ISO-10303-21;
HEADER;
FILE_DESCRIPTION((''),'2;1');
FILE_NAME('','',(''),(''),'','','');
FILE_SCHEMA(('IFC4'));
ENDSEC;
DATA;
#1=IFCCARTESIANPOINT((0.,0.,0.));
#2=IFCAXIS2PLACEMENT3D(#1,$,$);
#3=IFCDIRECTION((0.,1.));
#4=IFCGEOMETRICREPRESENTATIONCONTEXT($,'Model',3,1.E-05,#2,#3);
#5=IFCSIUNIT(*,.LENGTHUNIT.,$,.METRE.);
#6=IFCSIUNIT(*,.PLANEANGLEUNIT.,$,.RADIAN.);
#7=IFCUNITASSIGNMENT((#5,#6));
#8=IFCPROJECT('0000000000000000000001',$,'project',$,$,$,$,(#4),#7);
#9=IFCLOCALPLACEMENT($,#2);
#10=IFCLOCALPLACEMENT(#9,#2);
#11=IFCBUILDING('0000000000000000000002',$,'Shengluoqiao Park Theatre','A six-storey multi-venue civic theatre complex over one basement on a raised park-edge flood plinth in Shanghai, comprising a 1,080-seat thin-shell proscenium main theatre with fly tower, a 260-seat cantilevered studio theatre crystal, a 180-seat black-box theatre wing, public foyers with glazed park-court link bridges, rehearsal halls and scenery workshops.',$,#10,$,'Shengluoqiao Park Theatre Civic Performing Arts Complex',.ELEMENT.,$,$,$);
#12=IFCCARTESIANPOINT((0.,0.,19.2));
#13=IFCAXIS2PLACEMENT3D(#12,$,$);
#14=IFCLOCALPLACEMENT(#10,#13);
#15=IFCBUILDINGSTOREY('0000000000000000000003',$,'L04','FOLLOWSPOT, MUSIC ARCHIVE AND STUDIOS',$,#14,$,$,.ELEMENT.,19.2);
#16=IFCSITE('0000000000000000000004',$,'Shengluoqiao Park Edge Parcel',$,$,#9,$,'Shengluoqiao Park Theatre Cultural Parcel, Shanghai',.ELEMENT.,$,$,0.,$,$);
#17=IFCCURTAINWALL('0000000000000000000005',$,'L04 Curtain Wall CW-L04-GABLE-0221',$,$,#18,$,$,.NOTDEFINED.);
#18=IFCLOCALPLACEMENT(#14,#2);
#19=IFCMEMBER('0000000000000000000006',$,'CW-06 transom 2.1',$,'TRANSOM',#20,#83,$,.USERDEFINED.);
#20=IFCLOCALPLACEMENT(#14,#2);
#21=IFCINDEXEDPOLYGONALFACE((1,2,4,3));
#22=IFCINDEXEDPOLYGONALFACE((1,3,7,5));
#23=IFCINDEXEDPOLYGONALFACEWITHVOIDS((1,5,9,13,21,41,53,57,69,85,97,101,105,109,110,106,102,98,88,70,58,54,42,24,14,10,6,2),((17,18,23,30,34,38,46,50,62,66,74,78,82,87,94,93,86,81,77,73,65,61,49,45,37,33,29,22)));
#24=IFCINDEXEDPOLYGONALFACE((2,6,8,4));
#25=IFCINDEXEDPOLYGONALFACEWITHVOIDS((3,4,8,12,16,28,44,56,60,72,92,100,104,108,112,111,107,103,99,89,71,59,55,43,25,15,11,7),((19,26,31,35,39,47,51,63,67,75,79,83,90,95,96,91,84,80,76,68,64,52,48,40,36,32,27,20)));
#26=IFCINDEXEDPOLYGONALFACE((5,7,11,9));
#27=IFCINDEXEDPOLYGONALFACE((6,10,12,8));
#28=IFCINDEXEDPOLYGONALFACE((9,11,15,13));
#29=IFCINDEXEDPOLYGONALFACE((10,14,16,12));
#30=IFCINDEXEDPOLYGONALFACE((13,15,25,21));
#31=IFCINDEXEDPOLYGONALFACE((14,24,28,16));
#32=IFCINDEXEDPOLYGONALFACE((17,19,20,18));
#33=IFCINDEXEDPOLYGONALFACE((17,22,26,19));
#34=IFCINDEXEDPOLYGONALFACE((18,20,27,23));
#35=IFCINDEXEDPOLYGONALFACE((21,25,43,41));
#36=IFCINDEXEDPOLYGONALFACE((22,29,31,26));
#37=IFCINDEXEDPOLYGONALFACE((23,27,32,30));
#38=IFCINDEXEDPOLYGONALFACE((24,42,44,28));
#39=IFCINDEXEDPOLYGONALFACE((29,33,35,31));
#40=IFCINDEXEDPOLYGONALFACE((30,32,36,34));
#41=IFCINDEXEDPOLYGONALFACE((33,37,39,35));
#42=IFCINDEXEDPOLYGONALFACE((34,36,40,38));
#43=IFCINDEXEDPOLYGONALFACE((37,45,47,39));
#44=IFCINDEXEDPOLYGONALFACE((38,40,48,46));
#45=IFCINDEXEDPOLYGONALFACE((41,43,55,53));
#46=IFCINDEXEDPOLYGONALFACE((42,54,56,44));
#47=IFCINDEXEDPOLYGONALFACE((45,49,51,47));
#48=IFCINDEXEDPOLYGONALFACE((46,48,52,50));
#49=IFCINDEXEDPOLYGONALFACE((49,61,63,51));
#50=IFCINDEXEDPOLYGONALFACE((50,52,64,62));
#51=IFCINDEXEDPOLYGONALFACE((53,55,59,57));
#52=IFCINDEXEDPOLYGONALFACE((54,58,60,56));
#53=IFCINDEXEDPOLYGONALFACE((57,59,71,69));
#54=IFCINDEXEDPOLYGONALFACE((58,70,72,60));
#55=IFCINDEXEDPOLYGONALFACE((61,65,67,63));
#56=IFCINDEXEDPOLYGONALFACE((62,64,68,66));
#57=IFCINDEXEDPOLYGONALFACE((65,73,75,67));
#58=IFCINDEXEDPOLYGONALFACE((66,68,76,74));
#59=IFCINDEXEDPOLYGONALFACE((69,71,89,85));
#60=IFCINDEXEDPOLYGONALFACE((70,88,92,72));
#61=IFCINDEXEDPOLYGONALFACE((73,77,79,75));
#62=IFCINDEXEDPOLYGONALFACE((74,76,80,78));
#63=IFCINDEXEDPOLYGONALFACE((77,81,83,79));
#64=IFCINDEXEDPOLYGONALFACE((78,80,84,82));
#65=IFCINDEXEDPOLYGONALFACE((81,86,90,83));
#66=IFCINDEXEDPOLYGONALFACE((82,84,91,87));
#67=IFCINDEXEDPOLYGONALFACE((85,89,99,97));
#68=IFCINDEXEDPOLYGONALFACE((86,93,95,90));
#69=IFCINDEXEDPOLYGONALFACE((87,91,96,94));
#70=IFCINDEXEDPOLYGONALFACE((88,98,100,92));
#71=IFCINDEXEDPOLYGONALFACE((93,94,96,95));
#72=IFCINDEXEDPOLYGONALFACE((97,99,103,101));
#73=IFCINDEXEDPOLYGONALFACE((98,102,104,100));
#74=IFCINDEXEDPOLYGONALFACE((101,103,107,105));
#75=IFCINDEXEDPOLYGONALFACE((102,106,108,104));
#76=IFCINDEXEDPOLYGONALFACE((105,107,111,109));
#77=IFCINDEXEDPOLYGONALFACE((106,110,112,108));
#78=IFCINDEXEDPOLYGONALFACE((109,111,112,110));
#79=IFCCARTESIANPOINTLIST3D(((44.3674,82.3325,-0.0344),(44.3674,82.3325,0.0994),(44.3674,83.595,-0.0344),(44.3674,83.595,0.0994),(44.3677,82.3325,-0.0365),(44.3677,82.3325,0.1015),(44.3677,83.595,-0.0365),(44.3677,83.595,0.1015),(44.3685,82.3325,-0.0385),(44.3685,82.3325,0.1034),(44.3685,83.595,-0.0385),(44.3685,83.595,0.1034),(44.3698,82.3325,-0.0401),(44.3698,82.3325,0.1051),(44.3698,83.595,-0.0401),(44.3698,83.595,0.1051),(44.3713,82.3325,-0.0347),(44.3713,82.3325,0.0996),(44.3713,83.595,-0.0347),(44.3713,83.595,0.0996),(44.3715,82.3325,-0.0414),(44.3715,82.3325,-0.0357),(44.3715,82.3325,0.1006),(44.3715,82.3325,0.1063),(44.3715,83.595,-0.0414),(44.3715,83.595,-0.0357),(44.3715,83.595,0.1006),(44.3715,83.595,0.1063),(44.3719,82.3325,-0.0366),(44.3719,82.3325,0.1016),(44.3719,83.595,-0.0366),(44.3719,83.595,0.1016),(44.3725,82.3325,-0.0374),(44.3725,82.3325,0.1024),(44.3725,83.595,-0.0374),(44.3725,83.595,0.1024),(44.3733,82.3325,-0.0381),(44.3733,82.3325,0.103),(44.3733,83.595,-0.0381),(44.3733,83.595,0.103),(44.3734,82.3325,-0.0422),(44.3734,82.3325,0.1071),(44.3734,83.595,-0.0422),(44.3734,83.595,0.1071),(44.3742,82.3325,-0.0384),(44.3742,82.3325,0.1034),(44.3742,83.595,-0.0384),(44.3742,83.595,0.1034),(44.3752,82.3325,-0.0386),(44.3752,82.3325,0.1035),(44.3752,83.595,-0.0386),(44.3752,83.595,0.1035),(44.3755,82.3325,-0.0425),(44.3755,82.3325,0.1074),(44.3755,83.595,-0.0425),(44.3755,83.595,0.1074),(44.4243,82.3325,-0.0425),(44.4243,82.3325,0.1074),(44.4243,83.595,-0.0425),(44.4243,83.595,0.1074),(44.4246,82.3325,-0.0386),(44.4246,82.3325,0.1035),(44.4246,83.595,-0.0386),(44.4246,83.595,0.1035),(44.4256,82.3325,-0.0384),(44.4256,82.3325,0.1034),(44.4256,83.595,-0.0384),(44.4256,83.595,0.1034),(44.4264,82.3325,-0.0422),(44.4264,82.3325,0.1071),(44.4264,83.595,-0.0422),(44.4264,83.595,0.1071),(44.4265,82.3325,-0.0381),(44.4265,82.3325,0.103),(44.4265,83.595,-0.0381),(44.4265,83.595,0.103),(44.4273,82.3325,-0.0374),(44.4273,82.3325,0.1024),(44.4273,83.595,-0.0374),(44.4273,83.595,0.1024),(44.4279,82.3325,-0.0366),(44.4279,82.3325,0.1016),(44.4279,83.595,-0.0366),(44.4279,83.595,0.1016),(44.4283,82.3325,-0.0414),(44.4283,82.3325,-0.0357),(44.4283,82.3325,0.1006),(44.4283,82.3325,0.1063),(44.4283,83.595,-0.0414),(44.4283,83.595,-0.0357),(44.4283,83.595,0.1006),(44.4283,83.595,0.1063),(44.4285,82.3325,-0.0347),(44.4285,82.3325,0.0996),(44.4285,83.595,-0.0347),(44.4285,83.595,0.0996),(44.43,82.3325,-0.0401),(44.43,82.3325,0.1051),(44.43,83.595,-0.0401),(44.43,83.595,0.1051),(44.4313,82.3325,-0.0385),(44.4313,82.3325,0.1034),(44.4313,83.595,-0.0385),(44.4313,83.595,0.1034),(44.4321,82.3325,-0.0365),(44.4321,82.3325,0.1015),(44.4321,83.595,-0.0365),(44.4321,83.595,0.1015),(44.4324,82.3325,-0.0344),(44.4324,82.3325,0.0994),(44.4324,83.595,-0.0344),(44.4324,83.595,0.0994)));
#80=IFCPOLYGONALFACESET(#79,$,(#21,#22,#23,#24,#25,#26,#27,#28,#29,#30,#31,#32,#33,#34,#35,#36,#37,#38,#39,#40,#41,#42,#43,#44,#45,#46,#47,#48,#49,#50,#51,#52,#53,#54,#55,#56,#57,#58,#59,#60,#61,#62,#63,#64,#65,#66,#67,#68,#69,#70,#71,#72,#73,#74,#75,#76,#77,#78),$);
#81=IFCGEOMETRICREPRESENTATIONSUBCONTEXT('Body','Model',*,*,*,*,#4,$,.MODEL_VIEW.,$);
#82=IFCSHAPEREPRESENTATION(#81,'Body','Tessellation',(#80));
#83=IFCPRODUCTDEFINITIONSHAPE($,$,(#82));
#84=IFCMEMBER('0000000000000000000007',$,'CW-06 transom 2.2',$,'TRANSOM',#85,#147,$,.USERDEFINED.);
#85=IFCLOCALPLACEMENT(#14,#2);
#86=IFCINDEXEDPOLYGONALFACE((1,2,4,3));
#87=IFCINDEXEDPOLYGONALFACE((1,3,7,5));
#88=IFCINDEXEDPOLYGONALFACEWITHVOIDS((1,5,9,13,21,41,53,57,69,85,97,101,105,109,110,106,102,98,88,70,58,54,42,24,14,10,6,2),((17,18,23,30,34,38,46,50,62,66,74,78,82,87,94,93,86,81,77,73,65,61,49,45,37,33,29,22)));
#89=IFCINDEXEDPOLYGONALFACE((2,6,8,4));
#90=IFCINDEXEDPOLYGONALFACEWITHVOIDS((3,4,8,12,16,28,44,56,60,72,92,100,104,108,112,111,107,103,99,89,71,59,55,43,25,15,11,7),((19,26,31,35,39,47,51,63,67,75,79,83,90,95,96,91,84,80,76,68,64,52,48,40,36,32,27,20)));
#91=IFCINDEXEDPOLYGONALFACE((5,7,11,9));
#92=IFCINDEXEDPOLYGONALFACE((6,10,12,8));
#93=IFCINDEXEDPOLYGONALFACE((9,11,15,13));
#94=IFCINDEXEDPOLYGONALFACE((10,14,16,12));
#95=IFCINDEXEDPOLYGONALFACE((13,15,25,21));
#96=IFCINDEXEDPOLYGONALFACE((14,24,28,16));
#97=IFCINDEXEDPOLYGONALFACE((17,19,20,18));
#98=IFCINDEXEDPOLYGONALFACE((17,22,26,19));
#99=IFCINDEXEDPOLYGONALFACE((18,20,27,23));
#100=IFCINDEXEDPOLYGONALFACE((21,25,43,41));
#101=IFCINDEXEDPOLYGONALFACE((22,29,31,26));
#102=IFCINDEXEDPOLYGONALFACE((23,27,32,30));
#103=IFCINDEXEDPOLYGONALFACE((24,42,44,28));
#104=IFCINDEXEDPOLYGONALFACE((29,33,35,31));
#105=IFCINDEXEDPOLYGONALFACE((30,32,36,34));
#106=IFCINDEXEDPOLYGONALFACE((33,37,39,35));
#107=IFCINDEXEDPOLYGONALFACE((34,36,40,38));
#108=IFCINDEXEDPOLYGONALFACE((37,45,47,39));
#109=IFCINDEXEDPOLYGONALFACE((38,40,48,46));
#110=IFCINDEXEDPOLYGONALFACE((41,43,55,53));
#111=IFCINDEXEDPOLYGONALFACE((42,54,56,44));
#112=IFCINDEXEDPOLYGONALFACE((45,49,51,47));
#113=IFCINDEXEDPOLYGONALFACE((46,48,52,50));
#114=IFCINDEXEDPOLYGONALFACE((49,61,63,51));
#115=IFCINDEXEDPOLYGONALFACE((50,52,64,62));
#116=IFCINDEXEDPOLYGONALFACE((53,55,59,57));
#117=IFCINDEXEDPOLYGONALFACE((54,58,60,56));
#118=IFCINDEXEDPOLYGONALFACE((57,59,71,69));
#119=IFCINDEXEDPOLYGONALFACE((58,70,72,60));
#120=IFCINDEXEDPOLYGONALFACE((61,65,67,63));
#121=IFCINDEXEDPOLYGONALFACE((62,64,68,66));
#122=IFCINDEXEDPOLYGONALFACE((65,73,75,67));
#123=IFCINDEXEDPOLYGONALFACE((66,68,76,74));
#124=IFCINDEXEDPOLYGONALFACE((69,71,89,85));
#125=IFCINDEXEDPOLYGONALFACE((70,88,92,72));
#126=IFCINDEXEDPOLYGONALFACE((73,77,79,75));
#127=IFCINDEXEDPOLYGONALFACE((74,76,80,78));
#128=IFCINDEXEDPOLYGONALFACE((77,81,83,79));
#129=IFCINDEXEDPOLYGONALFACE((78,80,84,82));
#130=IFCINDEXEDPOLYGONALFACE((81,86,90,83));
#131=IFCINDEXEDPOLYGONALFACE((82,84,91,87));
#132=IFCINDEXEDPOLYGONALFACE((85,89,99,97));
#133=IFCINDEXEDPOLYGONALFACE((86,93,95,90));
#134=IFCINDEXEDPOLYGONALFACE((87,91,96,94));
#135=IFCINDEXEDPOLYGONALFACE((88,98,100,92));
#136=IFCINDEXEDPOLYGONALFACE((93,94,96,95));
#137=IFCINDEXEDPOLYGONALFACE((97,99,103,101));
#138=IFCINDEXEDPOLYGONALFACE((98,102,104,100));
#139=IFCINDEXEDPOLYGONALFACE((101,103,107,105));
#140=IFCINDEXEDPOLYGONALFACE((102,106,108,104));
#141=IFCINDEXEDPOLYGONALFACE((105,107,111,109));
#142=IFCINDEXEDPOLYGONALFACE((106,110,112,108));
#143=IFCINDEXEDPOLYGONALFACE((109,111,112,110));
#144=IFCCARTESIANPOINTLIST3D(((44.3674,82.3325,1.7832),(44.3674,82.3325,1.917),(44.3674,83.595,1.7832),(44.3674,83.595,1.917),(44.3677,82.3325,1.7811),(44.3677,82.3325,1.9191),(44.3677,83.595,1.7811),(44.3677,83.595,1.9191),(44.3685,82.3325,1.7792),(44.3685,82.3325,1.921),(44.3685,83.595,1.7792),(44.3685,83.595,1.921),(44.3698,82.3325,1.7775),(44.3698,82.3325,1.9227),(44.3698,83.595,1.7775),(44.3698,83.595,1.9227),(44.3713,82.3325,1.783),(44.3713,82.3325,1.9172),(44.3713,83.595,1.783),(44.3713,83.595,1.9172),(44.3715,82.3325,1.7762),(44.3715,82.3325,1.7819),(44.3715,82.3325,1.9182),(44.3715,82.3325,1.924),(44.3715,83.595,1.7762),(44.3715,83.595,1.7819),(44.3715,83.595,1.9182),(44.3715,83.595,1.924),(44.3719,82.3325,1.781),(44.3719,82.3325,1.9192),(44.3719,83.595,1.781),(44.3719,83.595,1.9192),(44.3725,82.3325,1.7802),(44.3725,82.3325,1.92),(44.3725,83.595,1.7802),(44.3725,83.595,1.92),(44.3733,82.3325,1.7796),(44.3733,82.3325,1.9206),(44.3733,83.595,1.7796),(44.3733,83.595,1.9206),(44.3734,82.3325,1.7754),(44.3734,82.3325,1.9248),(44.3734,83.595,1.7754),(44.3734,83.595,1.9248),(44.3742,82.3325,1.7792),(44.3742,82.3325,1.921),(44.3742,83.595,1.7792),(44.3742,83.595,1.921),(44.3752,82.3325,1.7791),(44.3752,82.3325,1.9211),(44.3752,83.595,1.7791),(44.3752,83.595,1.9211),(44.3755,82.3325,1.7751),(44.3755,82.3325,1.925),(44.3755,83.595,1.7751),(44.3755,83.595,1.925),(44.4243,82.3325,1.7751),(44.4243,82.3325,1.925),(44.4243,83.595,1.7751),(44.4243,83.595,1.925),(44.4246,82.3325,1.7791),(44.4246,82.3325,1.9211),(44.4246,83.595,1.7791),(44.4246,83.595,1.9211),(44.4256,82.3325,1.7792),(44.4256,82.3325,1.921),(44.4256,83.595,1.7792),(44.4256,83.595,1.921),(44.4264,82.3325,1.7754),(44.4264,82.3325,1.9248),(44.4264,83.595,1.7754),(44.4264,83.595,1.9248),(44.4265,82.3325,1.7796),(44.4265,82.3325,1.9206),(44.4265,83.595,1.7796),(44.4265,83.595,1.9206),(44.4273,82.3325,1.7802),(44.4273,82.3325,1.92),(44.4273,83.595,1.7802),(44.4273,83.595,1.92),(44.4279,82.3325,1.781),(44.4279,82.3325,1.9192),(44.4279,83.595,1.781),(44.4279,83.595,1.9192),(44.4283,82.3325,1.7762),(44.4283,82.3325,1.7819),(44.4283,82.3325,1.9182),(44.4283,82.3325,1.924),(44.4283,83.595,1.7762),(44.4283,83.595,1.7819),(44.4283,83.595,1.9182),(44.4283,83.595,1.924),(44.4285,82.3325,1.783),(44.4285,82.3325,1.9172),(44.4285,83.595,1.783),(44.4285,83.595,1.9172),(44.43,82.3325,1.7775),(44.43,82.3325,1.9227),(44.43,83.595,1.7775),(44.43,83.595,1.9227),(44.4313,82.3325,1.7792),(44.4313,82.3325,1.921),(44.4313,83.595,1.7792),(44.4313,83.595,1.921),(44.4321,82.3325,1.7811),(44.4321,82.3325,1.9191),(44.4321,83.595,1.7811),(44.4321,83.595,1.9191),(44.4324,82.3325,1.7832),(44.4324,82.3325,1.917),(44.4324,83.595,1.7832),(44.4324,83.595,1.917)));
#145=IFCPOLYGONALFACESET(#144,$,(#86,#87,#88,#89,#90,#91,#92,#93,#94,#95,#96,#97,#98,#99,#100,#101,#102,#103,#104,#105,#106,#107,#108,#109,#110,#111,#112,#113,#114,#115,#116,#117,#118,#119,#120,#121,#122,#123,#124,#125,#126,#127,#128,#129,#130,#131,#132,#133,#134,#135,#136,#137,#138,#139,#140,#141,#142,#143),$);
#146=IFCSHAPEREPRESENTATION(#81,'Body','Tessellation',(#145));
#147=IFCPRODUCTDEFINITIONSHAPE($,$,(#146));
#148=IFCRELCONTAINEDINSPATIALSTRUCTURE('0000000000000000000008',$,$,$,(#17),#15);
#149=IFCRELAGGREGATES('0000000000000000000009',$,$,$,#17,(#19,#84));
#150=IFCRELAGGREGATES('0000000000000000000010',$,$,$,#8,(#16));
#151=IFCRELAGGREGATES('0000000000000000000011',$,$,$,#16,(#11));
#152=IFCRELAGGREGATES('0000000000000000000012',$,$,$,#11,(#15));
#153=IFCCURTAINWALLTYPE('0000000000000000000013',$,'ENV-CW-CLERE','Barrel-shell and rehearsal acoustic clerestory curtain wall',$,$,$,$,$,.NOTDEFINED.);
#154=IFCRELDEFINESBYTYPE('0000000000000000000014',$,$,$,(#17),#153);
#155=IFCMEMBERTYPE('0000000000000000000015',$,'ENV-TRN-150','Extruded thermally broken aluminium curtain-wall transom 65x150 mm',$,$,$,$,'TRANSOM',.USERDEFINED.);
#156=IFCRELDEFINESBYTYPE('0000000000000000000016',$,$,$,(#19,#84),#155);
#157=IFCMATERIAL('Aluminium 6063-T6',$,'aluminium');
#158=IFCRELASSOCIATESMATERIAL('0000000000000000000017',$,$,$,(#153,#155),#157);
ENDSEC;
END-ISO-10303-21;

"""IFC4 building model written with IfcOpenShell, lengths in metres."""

from ifc_helpers import new_model, si_unit, direction, frame, origin, origin_2d, place, context, subcontext, project, spatial, hollow_rectangle, extrude, material, material_profile, profile_set, type_object, element, aggregate, save


model = new_model("IFC4")

# Units and contexts
model_context = context("Model", 3, precision=1e-05, world=origin(), true_north=direction((0.0, 1.0)))
body_context = subcontext(model_context, "Body", "Model", "MODEL_VIEW")
ifc_project = project(units=[si_unit("LENGTHUNIT", "METRE"), si_unit("PLANEANGLEUNIT", "RADIAN")], contexts=[model_context])

# Site, building, storey
site_placement = place(None, origin())
site = spatial("IfcSite", under=ifc_project, at=site_placement, Name="Shengluoqiao Park Edge Parcel", LongName="Shengluoqiao Park Theatre Cultural Parcel, Shanghai", CompositionType="ELEMENT", RefElevation=0.0)
building_placement = place(site_placement, origin())
building = spatial("IfcBuilding", under=site, at=building_placement, Name="Shengluoqiao Park Theatre", Description="A six-storey multi-venue civic theatre complex over one basement on a raised park-edge flood plinth in Shanghai, comprising a 1,080-seat thin-shell proscenium main theatre with fly tower, a 260-seat cantilevered studio theatre crystal, a 180-seat black-box theatre wing, public foyers with glazed park-court link bridges, rehearsal halls and scenery workshops.", LongName="Shengluoqiao Park Theatre Civic Performing Arts Complex", CompositionType="ELEMENT")
storey_placement = place(building_placement, frame((0.0, 0.0, 19.2)))
storey = spatial("IfcBuildingStorey", under=building, at=storey_placement, Name="L04", Description="FOLLOWSPOT, MUSIC ARCHIVE AND STUDIOS", CompositionType="ELEMENT", Elevation=19.2)

# Shared definitions
ifc_material_1 = material(Name="Aluminium 6063-T6", Category="aluminium")
curtain_wall_type = type_object("IfcCurtainWallType", Name="ENV-CW-CLERE", Description="Barrel-shell and rehearsal acoustic clerestory curtain wall", PredefinedType="NOTDEFINED", material=ifc_material_1)

# Curtain wall
curtain_wall_1_placement = place(storey_placement, origin())
curtain_wall_1 = element("IfcCurtainWall", 1, at=curtain_wall_1_placement, inside=storey, type_object=curtain_wall_type, Name="L04 Curtain Wall CW-L04-GABLE-0221", PredefinedType="NOTDEFINED")

# Members
ifc_material_profile_1 = material_profile(ifc_material_1, hollow_rectangle(XDim=0.0649, YDim=0.1499, WallThickness=0.0039, InnerFilletRadius=0.0039, OuterFilletRadius=0.0081, at=origin_2d()), Name="ALU TRANSOM 150x65x4")
ifc_profile_set_1 = profile_set([ifc_material_profile_1], Name="Aluminium 6063-T6")
member_type_1 = type_object("IfcMemberType", Name="ENV-TRN-150", Description="Extruded thermally broken aluminium curtain-wall transom 65x150 mm", ElementType="TRANSOM", PredefinedType="USERDEFINED", material=ifc_profile_set_1)
member_1_placement = place(storey_placement, frame((44.3999, 82.3325, 0.0325), z_axis=(0.0, 1.0, 0.0), x_axis=(-1.0, 0.0, 0.0)))
member_1 = element("IfcMember", 2, at=member_1_placement, type_object=member_type_1, Name="CW-06 transom 2.1", ObjectType="TRANSOM", PredefinedType="USERDEFINED", context=body_context, shape_type="SweptSolid", body=[
    extrude(hollow_rectangle(XDim=0.0649, YDim=0.1499, WallThickness=0.0039, InnerFilletRadius=0.0039, OuterFilletRadius=0.0081, at=origin_2d()), origin(), (0.0, 0.0, 1.0), 1.2625),
])
member_2_placement = place(storey_placement, frame((44.3999, 82.3325, 1.8501), z_axis=(0.0, 1.0, 0.0), x_axis=(-1.0, 0.0, 0.0)))
member_2 = element("IfcMember", 3, at=member_2_placement, type_object=member_type_1, Name="CW-06 transom 2.2", ObjectType="TRANSOM", PredefinedType="USERDEFINED", context=body_context, shape_type="SweptSolid", body=[
    extrude(hollow_rectangle(XDim=0.0649, YDim=0.1499, WallThickness=0.0039, InnerFilletRadius=0.0039, OuterFilletRadius=0.0081, at=origin_2d()), origin(), (0.0, 0.0, 1.0), 1.2625),
])

aggregate(curtain_wall_1, [member_1, member_2])

save(model, "model.ifc")
